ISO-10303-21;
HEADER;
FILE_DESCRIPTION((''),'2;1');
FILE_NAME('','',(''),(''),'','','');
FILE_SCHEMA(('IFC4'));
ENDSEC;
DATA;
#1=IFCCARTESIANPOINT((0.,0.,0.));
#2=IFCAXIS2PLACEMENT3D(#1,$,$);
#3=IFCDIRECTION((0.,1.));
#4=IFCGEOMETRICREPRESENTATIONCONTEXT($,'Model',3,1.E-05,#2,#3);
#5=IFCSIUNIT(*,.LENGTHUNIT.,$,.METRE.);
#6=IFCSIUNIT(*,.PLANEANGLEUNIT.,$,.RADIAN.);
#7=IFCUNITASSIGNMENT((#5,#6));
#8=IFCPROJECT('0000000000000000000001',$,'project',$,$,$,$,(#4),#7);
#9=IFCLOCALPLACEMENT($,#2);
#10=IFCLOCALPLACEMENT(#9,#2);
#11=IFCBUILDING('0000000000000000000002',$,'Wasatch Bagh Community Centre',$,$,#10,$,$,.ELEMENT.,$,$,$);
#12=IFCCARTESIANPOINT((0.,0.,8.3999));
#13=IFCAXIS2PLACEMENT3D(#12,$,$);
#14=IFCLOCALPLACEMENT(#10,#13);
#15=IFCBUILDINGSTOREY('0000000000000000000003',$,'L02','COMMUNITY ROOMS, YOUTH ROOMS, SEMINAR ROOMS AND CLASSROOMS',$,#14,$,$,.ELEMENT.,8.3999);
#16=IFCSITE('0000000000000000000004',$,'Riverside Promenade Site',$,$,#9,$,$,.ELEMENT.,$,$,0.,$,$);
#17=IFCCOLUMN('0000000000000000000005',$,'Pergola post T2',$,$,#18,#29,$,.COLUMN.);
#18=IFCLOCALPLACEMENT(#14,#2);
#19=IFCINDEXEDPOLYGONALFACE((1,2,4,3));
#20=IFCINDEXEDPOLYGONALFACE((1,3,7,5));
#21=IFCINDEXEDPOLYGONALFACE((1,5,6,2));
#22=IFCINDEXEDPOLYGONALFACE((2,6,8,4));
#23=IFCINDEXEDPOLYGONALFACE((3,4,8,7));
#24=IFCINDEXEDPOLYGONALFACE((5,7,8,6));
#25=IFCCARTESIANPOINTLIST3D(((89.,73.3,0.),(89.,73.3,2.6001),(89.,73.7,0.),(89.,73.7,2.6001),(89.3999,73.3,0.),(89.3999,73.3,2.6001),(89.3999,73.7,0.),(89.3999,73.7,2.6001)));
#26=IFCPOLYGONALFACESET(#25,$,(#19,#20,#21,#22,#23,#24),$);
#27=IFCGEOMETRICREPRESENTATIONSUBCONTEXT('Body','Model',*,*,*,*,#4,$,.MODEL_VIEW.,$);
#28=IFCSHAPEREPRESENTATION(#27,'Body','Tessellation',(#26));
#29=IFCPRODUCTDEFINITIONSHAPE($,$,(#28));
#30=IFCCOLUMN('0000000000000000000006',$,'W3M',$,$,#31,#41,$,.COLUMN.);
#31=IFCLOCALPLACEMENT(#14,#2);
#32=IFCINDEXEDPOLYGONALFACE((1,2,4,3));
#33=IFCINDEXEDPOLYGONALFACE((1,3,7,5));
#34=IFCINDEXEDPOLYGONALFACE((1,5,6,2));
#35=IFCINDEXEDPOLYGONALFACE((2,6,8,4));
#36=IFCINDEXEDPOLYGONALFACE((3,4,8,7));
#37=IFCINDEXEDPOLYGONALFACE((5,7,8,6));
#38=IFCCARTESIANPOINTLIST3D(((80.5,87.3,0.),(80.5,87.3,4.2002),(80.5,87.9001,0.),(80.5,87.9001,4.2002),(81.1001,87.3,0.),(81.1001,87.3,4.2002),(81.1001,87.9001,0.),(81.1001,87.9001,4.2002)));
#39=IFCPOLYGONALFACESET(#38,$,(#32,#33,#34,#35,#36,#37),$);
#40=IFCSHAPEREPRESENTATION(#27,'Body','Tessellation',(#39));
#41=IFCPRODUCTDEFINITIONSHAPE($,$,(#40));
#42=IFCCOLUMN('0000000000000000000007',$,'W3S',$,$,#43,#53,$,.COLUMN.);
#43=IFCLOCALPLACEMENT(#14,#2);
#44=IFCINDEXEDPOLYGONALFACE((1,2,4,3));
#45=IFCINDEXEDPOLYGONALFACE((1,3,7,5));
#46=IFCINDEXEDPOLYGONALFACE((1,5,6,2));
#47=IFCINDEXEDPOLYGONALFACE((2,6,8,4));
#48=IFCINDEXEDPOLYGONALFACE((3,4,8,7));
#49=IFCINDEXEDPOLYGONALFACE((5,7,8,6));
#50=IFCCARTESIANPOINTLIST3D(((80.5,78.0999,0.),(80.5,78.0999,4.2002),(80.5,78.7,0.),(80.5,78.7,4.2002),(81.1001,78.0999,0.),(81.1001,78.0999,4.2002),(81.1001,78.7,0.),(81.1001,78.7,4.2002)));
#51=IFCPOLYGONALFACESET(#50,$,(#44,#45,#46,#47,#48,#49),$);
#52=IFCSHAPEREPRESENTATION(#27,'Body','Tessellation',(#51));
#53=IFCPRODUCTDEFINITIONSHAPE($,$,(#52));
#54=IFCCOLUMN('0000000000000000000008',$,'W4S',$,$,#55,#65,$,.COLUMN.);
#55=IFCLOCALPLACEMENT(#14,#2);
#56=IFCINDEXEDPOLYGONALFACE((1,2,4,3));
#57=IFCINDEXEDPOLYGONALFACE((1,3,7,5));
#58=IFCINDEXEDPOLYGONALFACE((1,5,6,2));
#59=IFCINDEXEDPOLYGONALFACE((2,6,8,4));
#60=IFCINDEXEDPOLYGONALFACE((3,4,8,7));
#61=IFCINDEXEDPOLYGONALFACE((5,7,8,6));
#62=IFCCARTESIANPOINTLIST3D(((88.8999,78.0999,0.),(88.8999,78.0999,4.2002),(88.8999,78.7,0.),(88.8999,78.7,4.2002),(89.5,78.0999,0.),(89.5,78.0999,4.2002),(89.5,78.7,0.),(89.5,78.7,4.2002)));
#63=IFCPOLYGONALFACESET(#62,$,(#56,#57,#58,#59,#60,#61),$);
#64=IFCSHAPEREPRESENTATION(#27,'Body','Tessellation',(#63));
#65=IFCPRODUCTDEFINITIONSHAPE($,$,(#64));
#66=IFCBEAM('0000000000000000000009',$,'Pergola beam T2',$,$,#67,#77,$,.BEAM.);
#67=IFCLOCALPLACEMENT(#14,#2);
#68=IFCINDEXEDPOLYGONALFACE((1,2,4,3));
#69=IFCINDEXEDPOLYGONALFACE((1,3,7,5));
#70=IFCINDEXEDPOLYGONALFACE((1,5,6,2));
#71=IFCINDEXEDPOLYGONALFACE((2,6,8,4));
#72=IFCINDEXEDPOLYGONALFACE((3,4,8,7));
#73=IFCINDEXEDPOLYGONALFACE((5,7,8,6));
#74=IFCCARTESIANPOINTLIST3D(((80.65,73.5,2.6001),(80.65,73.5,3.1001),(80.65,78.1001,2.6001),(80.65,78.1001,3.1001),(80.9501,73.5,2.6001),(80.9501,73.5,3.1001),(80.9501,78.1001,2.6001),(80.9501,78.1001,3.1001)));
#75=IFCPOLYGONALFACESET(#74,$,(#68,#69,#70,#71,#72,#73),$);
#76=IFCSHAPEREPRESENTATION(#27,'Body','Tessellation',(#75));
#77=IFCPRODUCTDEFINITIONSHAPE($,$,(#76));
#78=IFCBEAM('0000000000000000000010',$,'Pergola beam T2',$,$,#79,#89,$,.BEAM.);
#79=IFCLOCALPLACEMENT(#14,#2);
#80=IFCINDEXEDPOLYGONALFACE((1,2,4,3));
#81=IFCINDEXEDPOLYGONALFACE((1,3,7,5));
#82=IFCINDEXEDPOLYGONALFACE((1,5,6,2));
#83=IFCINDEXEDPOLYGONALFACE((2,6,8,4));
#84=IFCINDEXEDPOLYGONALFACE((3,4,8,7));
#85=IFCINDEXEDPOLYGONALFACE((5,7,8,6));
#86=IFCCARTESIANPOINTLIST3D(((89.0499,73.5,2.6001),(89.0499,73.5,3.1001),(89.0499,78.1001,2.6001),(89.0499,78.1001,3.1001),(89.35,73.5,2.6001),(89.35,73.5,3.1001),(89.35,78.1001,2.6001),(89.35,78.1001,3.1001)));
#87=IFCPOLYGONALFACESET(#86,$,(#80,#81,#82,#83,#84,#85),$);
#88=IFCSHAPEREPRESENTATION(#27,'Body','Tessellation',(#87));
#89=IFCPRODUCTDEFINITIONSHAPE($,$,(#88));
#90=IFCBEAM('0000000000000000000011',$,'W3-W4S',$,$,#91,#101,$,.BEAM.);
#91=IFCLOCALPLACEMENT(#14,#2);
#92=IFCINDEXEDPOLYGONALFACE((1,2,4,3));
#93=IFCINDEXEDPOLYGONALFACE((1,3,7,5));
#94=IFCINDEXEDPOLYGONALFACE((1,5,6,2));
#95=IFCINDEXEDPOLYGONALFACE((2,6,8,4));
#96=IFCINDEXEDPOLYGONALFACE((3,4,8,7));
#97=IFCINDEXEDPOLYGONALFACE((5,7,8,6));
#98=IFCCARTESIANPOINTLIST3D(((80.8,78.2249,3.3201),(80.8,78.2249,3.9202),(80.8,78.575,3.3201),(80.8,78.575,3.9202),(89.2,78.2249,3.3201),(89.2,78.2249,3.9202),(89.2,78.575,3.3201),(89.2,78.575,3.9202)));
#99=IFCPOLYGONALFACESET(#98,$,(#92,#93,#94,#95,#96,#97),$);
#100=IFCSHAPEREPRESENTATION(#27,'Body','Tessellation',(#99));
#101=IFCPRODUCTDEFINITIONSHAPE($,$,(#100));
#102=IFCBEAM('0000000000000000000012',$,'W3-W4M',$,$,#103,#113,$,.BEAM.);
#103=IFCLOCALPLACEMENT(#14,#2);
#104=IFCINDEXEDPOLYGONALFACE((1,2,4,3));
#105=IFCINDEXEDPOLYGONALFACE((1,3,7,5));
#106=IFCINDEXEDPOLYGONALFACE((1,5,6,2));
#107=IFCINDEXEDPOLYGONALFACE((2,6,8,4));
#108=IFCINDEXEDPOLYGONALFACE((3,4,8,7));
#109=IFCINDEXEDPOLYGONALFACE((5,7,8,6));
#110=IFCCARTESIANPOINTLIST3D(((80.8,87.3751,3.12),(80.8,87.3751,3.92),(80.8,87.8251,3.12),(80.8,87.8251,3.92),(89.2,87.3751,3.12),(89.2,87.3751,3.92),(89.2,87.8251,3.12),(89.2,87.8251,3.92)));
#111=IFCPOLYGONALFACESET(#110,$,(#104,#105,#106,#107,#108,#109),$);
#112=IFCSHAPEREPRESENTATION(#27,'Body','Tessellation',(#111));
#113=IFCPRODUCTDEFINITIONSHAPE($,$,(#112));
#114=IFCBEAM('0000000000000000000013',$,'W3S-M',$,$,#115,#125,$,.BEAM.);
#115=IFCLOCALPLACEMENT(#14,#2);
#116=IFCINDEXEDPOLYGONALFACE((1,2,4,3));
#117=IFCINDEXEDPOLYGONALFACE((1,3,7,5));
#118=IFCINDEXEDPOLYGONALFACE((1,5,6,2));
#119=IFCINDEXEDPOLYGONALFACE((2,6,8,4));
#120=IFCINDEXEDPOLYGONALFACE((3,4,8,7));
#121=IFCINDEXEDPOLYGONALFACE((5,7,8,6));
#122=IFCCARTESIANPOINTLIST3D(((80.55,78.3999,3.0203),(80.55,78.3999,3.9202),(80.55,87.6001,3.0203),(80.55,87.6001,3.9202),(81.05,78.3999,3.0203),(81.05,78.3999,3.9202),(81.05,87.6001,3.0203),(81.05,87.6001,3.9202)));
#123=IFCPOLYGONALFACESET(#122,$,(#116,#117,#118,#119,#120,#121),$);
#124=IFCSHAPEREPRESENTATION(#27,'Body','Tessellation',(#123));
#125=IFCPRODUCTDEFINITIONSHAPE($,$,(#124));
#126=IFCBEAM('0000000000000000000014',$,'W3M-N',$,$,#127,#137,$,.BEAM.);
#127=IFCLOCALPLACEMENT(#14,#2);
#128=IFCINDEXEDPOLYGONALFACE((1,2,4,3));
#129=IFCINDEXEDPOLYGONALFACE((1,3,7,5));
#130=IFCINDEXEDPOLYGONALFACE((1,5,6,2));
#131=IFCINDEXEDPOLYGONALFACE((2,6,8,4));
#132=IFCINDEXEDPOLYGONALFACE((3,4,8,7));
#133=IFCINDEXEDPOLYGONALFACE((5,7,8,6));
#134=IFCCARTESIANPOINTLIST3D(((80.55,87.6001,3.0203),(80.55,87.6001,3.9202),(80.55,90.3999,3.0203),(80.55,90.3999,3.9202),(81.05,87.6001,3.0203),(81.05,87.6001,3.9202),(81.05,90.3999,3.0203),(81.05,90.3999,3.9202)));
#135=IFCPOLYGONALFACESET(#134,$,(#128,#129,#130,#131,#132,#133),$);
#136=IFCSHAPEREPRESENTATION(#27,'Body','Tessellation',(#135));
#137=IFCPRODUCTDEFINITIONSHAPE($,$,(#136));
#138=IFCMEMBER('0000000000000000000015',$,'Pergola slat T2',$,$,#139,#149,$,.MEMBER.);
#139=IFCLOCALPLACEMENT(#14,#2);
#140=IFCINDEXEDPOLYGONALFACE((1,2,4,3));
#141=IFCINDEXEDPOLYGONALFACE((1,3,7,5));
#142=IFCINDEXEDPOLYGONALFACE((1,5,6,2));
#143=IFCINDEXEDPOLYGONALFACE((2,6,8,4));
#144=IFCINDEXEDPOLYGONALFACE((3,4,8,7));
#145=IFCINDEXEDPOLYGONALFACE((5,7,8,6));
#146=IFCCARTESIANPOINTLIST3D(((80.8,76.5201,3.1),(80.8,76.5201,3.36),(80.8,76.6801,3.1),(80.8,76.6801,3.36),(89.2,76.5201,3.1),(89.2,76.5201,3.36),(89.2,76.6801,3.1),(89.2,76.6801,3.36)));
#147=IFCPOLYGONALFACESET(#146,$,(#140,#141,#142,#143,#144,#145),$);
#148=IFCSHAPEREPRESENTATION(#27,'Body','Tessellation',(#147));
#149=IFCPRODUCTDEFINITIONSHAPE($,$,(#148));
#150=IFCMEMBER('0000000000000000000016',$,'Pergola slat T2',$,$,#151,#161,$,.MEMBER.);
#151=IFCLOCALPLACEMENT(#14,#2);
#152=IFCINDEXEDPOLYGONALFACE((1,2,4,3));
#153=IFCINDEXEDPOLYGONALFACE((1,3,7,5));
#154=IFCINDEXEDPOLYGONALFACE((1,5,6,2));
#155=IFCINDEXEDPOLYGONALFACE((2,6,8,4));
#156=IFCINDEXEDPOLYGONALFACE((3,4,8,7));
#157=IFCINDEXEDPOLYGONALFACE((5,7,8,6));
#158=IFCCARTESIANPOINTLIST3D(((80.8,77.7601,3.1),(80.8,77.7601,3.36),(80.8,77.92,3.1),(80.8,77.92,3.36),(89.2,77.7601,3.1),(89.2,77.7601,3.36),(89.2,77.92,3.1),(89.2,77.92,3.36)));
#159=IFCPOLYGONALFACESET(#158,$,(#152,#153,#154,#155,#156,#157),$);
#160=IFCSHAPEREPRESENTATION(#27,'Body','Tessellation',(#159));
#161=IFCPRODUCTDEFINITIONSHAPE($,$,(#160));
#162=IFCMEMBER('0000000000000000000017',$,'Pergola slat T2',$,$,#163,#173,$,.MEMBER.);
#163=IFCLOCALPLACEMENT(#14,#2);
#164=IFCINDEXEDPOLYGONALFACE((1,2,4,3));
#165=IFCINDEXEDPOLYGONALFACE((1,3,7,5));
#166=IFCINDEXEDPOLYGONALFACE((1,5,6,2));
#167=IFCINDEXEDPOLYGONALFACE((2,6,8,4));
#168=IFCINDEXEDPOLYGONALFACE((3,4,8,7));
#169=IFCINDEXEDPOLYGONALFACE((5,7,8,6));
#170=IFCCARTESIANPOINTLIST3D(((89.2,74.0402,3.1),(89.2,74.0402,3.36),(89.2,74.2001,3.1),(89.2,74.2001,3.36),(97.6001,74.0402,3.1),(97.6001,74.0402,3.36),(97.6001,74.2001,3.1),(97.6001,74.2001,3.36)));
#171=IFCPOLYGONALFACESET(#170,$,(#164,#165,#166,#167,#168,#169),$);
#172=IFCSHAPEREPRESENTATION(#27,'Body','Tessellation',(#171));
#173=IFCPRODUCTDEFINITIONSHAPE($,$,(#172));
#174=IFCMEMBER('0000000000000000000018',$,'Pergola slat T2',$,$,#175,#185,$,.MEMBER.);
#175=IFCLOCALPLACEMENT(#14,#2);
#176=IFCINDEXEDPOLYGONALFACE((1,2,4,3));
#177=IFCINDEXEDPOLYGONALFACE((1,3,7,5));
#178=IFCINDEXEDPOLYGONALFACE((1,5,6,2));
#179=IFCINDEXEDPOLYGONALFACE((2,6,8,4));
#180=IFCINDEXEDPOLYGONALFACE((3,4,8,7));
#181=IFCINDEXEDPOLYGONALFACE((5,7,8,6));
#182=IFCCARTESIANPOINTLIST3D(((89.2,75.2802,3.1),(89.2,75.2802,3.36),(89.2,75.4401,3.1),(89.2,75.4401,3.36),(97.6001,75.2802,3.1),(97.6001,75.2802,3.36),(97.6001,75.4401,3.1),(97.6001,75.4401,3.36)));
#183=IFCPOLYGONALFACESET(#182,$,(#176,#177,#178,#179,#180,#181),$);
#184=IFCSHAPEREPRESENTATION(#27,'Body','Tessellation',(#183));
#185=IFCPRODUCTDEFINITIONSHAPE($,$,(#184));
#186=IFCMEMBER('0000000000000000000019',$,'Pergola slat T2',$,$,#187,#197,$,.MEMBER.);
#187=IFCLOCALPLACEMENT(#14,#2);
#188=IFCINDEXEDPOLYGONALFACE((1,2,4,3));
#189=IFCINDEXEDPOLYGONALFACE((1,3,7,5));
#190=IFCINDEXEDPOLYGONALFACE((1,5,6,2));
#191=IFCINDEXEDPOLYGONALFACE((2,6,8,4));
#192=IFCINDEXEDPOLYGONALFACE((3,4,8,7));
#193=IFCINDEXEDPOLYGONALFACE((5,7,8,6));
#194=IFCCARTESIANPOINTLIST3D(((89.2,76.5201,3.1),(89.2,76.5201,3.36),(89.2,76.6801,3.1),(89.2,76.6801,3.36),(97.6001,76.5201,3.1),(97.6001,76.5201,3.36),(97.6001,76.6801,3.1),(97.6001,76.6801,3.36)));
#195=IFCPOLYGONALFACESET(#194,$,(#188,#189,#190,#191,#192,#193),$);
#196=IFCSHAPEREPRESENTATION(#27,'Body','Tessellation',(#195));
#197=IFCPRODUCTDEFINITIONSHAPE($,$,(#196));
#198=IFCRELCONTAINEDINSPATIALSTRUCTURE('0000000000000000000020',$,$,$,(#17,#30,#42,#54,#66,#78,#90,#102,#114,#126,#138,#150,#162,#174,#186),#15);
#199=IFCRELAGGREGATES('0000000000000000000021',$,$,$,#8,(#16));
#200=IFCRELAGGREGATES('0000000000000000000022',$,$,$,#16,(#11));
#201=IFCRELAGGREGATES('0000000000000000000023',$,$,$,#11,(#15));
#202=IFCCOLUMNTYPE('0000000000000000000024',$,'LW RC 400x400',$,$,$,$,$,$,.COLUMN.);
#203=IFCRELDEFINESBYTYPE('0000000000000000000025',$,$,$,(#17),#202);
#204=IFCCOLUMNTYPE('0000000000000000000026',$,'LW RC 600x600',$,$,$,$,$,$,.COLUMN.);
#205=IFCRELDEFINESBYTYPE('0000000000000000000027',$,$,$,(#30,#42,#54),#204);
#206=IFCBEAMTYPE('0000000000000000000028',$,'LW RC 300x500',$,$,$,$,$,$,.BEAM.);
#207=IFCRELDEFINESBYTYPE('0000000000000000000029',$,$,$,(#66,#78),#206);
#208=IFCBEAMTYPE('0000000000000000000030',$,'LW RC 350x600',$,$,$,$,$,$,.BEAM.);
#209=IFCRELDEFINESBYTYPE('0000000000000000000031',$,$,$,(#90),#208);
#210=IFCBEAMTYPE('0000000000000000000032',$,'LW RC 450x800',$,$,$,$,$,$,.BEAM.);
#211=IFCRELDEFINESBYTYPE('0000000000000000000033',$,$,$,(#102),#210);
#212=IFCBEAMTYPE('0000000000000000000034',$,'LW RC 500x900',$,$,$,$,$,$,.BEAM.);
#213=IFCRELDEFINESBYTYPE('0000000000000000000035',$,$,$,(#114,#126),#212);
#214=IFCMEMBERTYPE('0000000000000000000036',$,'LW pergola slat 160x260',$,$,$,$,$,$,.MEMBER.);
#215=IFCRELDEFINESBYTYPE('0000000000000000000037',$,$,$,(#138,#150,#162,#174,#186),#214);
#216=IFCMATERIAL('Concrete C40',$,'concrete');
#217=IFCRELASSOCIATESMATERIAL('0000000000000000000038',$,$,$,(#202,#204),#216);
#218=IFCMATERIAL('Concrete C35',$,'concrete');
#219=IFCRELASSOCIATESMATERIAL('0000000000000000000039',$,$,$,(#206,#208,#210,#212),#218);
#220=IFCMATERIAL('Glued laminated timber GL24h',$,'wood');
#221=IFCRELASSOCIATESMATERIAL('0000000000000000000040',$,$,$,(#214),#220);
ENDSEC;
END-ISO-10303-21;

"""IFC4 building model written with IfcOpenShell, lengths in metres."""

from ifc_helpers import new_model, si_unit, direction, frame, origin, origin_2d, place, context, subcontext, project, spatial, rectangle, extrude, material, material_profile, profile_set, type_object, element, save


model = new_model("IFC4")

# Units and contexts
model_context = context("Model", 3, precision=1e-05, world=origin(), true_north=direction((0.0, 1.0)))
body_context = subcontext(model_context, "Body", "Model", "MODEL_VIEW")
ifc_project = project(units=[si_unit("LENGTHUNIT", "METRE"), si_unit("PLANEANGLEUNIT", "RADIAN")], contexts=[model_context])

# Site, building, storey
site_placement = place(None, origin())
site = spatial("IfcSite", under=ifc_project, at=site_placement, Name="Riverside Promenade Site", CompositionType="ELEMENT", RefElevation=0.0)
building_placement = place(site_placement, origin())
building = spatial("IfcBuilding", under=site, at=building_placement, Name="Wasatch Bagh Community Centre", CompositionType="ELEMENT")
storey_placement = place(building_placement, frame((0.0, 0.0, 8.3999)))
storey = spatial("IfcBuildingStorey", under=building, at=storey_placement, Name="L02", Description="COMMUNITY ROOMS, YOUTH ROOMS, SEMINAR ROOMS AND CLASSROOMS", CompositionType="ELEMENT", Elevation=8.3999)

# Columns
ifc_material_1 = material(Name="Concrete C40", Category="concrete")
ifc_material_profile_1 = material_profile(ifc_material_1, rectangle(XDim=0.3999, YDim=0.3999, at=origin_2d()), Name="RC 400x400")
ifc_profile_set_1 = profile_set([ifc_material_profile_1], Name="Concrete C40")
column_type_1 = type_object("IfcColumnType", Name="LW RC 400x400", PredefinedType="COLUMN", material=ifc_profile_set_1)
column_placement = place(storey_placement, frame((89.2, 73.5, 0.0), z_axis=(0.0, 0.0, 1.0), x_axis=(1.0, 0.0, 0.0)))
element("IfcColumn", 1, at=column_placement, inside=storey, type_object=column_type_1, Name="Pergola post T2", PredefinedType="COLUMN", context=body_context, shape_type="SweptSolid", body=[
    extrude(rectangle(XDim=0.3999, YDim=0.3999, at=origin_2d()), origin(), (0.0, 0.0, 1.0), 2.6001),
])
ifc_material_profile_2 = material_profile(ifc_material_1, rectangle(XDim=0.6001, YDim=0.6001, at=origin_2d()), Name="RC 600x600")
ifc_profile_set_2 = profile_set([ifc_material_profile_2], Name="Concrete C40")
column_type_2 = type_object("IfcColumnType", Name="LW RC 600x600", PredefinedType="COLUMN", material=ifc_profile_set_2)
for number, where, z_axis, x_axis, name in (
    (2, (80.8, 87.6001, 0.0), (0.0, 0.0, 1.0), (1.0, 0.0, 0.0), "W3M"),
    (3, (80.8, 78.3999, 0.0), (0.0, 0.0, 1.0), (1.0, 0.0, 0.0), "W3S"),
    (4, (89.2, 78.3999, 0.0), (0.0, 0.0, 1.0), (1.0, 0.0, 0.0), "W4S"),
):
    element("IfcColumn", number, at=place(storey_placement, frame(where, z_axis=z_axis, x_axis=x_axis)), inside=storey, type_object=column_type_2, Name=name, PredefinedType="COLUMN", context=body_context, shape_type="SweptSolid", body=[
        extrude(rectangle(XDim=0.6001, YDim=0.6001, at=origin_2d()), origin(), (0.0, 0.0, 1.0), 4.2002),
    ])

# Beams
ifc_material_2 = material(Name="Concrete C35", Category="concrete")
ifc_material_profile_3 = material_profile(ifc_material_2, rectangle(XDim=0.3, YDim=0.5, at=origin_2d()), Name="RC 300x500")
ifc_profile_set_3 = profile_set([ifc_material_profile_3], Name="Concrete C35")
beam_type_1 = type_object("IfcBeamType", Name="LW RC 300x500", PredefinedType="BEAM", material=ifc_profile_set_3)
for number, where, z_axis, x_axis, name in (
    (5, (80.8, 78.1001, 2.8501), (0.0, -1.0, 0.0), (1.0, 0.0, 0.0), "Pergola beam T2"),
    (6, (89.2, 78.1001, 2.8501), (0.0, -1.0, 0.0), (1.0, 0.0, 0.0), "Pergola beam T2"),
):
    element("IfcBeam", number, at=place(storey_placement, frame(where, z_axis=z_axis, x_axis=x_axis)), inside=storey, type_object=beam_type_1, Name=name, PredefinedType="BEAM", context=body_context, shape_type="SweptSolid", body=[
        extrude(rectangle(XDim=0.3, YDim=0.5, at=origin_2d()), origin(), (0.0, 0.0, 1.0), 4.6001),
    ])
ifc_material_profile_4 = material_profile(ifc_material_2, rectangle(XDim=0.3501, YDim=0.6001, at=origin_2d()), Name="RC 350x600")
ifc_profile_set_4 = profile_set([ifc_material_profile_4], Name="Concrete C35")
beam_type_2 = type_object("IfcBeamType", Name="LW RC 350x600", PredefinedType="BEAM", material=ifc_profile_set_4)
beam_1_placement = place(storey_placement, frame((80.8, 78.3999, 3.6201), z_axis=(1.0, 0.0, 0.0), x_axis=(0.0, 1.0, 0.0)))
element("IfcBeam", 7, at=beam_1_placement, inside=storey, type_object=beam_type_2, Name="W3-W4S", PredefinedType="BEAM", context=body_context, shape_type="SweptSolid", body=[
    extrude(rectangle(XDim=0.3501, YDim=0.6001, at=origin_2d()), origin(), (0.0, 0.0, 1.0), 8.3999),
])
ifc_material_profile_5 = material_profile(ifc_material_2, rectangle(XDim=0.45, YDim=0.8, at=origin_2d()), Name="RC 450x800")
ifc_profile_set_5 = profile_set([ifc_material_profile_5], Name="Concrete C35")
beam_type_3 = type_object("IfcBeamType", Name="LW RC 450x800", PredefinedType="BEAM", material=ifc_profile_set_5)
beam_2_placement = place(storey_placement, frame((80.8, 87.6001, 3.52), z_axis=(1.0, 0.0, 0.0), x_axis=(0.0, 1.0, 0.0)))
element("IfcBeam", 8, at=beam_2_placement, inside=storey, type_object=beam_type_3, Name="W3-W4M", PredefinedType="BEAM", context=body_context, shape_type="SweptSolid", body=[
    extrude(rectangle(XDim=0.45, YDim=0.8, at=origin_2d()), origin(), (0.0, 0.0, 1.0), 8.3999),
])
ifc_material_profile_6 = material_profile(ifc_material_2, rectangle(XDim=0.5, YDim=0.8999, at=origin_2d()), Name="RC 500x900")
ifc_profile_set_6 = profile_set([ifc_material_profile_6], Name="Concrete C35")
beam_type_4 = type_object("IfcBeamType", Name="LW RC 500x900", PredefinedType="BEAM", material=ifc_profile_set_6)
beam_3_placement = place(storey_placement, frame((80.8, 78.3999, 3.4702), z_axis=(0.0, 1.0, 0.0), x_axis=(-1.0, 0.0, 0.0)))
element("IfcBeam", 9, at=beam_3_placement, inside=storey, type_object=beam_type_4, Name="W3S-M", PredefinedType="BEAM", context=body_context, shape_type="SweptSolid", body=[
    extrude(rectangle(XDim=0.5, YDim=0.8999, at=origin_2d()), origin(), (0.0, 0.0, 1.0), 9.2002),
])
beam_4_placement = place(storey_placement, frame((80.8, 87.6001, 3.4702), z_axis=(0.0, 1.0, 0.0), x_axis=(-1.0, 0.0, 0.0)))
element("IfcBeam", 10, at=beam_4_placement, inside=storey, type_object=beam_type_4, Name="W3M-N", PredefinedType="BEAM", context=body_context, shape_type="SweptSolid", body=[
    extrude(rectangle(XDim=0.5, YDim=0.8999, at=origin_2d()), origin(), (0.0, 0.0, 1.0), 2.7998),
])

# Members
ifc_material_3 = material(Name="Glued laminated timber GL24h", Category="wood")
ifc_material_profile_7 = material_profile(ifc_material_3, rectangle(XDim=0.1599, YDim=0.26, at=origin_2d()), Name="GL 160x260")
ifc_profile_set_7 = profile_set([ifc_material_profile_7], Name="Glued laminated timber GL24h")
member_type = type_object("IfcMemberType", Name="LW pergola slat 160x260", PredefinedType="MEMBER", material=ifc_profile_set_7)
for number, where, z_axis, x_axis, name in (
    (11, (80.8, 76.6001, 3.23), (1.0, 0.0, 0.0), (0.0, 1.0, 0.0), "Pergola slat T2"),
    (12, (80.8, 77.8401, 3.23), (1.0, 0.0, 0.0), (0.0, 1.0, 0.0), "Pergola slat T2"),
):
    element("IfcMember", number, at=place(storey_placement, frame(where, z_axis=z_axis, x_axis=x_axis)), inside=storey, type_object=member_type, Name=name, PredefinedType="MEMBER", context=body_context, shape_type="SweptSolid", body=[
        extrude(rectangle(XDim=0.1599, YDim=0.26, at=origin_2d()), origin(), (0.0, 0.0, 1.0), 8.3999),
    ])
for number, where, z_axis, x_axis, name in (
    (13, (89.2, 74.1201, 3.23), (1.0, 0.0, 0.0), (0.0, 1.0, 0.0), "Pergola slat T2"),
    (14, (89.2, 75.3601, 3.23), (1.0, 0.0, 0.0), (0.0, 1.0, 0.0), "Pergola slat T2"),
    (15, (89.2, 76.6001, 3.23), (1.0, 0.0, 0.0), (0.0, 1.0, 0.0), "Pergola slat T2"),
):
    element("IfcMember", number, at=place(storey_placement, frame(where, z_axis=z_axis, x_axis=x_axis)), inside=storey, type_object=member_type, Name=name, PredefinedType="MEMBER", context=body_context, shape_type="SweptSolid", body=[
        extrude(rectangle(XDim=0.1599, YDim=0.26, at=origin_2d()), origin(), (0.0, 0.0, 1.0), 8.4001),
    ])

save(model, "model.ifc")
